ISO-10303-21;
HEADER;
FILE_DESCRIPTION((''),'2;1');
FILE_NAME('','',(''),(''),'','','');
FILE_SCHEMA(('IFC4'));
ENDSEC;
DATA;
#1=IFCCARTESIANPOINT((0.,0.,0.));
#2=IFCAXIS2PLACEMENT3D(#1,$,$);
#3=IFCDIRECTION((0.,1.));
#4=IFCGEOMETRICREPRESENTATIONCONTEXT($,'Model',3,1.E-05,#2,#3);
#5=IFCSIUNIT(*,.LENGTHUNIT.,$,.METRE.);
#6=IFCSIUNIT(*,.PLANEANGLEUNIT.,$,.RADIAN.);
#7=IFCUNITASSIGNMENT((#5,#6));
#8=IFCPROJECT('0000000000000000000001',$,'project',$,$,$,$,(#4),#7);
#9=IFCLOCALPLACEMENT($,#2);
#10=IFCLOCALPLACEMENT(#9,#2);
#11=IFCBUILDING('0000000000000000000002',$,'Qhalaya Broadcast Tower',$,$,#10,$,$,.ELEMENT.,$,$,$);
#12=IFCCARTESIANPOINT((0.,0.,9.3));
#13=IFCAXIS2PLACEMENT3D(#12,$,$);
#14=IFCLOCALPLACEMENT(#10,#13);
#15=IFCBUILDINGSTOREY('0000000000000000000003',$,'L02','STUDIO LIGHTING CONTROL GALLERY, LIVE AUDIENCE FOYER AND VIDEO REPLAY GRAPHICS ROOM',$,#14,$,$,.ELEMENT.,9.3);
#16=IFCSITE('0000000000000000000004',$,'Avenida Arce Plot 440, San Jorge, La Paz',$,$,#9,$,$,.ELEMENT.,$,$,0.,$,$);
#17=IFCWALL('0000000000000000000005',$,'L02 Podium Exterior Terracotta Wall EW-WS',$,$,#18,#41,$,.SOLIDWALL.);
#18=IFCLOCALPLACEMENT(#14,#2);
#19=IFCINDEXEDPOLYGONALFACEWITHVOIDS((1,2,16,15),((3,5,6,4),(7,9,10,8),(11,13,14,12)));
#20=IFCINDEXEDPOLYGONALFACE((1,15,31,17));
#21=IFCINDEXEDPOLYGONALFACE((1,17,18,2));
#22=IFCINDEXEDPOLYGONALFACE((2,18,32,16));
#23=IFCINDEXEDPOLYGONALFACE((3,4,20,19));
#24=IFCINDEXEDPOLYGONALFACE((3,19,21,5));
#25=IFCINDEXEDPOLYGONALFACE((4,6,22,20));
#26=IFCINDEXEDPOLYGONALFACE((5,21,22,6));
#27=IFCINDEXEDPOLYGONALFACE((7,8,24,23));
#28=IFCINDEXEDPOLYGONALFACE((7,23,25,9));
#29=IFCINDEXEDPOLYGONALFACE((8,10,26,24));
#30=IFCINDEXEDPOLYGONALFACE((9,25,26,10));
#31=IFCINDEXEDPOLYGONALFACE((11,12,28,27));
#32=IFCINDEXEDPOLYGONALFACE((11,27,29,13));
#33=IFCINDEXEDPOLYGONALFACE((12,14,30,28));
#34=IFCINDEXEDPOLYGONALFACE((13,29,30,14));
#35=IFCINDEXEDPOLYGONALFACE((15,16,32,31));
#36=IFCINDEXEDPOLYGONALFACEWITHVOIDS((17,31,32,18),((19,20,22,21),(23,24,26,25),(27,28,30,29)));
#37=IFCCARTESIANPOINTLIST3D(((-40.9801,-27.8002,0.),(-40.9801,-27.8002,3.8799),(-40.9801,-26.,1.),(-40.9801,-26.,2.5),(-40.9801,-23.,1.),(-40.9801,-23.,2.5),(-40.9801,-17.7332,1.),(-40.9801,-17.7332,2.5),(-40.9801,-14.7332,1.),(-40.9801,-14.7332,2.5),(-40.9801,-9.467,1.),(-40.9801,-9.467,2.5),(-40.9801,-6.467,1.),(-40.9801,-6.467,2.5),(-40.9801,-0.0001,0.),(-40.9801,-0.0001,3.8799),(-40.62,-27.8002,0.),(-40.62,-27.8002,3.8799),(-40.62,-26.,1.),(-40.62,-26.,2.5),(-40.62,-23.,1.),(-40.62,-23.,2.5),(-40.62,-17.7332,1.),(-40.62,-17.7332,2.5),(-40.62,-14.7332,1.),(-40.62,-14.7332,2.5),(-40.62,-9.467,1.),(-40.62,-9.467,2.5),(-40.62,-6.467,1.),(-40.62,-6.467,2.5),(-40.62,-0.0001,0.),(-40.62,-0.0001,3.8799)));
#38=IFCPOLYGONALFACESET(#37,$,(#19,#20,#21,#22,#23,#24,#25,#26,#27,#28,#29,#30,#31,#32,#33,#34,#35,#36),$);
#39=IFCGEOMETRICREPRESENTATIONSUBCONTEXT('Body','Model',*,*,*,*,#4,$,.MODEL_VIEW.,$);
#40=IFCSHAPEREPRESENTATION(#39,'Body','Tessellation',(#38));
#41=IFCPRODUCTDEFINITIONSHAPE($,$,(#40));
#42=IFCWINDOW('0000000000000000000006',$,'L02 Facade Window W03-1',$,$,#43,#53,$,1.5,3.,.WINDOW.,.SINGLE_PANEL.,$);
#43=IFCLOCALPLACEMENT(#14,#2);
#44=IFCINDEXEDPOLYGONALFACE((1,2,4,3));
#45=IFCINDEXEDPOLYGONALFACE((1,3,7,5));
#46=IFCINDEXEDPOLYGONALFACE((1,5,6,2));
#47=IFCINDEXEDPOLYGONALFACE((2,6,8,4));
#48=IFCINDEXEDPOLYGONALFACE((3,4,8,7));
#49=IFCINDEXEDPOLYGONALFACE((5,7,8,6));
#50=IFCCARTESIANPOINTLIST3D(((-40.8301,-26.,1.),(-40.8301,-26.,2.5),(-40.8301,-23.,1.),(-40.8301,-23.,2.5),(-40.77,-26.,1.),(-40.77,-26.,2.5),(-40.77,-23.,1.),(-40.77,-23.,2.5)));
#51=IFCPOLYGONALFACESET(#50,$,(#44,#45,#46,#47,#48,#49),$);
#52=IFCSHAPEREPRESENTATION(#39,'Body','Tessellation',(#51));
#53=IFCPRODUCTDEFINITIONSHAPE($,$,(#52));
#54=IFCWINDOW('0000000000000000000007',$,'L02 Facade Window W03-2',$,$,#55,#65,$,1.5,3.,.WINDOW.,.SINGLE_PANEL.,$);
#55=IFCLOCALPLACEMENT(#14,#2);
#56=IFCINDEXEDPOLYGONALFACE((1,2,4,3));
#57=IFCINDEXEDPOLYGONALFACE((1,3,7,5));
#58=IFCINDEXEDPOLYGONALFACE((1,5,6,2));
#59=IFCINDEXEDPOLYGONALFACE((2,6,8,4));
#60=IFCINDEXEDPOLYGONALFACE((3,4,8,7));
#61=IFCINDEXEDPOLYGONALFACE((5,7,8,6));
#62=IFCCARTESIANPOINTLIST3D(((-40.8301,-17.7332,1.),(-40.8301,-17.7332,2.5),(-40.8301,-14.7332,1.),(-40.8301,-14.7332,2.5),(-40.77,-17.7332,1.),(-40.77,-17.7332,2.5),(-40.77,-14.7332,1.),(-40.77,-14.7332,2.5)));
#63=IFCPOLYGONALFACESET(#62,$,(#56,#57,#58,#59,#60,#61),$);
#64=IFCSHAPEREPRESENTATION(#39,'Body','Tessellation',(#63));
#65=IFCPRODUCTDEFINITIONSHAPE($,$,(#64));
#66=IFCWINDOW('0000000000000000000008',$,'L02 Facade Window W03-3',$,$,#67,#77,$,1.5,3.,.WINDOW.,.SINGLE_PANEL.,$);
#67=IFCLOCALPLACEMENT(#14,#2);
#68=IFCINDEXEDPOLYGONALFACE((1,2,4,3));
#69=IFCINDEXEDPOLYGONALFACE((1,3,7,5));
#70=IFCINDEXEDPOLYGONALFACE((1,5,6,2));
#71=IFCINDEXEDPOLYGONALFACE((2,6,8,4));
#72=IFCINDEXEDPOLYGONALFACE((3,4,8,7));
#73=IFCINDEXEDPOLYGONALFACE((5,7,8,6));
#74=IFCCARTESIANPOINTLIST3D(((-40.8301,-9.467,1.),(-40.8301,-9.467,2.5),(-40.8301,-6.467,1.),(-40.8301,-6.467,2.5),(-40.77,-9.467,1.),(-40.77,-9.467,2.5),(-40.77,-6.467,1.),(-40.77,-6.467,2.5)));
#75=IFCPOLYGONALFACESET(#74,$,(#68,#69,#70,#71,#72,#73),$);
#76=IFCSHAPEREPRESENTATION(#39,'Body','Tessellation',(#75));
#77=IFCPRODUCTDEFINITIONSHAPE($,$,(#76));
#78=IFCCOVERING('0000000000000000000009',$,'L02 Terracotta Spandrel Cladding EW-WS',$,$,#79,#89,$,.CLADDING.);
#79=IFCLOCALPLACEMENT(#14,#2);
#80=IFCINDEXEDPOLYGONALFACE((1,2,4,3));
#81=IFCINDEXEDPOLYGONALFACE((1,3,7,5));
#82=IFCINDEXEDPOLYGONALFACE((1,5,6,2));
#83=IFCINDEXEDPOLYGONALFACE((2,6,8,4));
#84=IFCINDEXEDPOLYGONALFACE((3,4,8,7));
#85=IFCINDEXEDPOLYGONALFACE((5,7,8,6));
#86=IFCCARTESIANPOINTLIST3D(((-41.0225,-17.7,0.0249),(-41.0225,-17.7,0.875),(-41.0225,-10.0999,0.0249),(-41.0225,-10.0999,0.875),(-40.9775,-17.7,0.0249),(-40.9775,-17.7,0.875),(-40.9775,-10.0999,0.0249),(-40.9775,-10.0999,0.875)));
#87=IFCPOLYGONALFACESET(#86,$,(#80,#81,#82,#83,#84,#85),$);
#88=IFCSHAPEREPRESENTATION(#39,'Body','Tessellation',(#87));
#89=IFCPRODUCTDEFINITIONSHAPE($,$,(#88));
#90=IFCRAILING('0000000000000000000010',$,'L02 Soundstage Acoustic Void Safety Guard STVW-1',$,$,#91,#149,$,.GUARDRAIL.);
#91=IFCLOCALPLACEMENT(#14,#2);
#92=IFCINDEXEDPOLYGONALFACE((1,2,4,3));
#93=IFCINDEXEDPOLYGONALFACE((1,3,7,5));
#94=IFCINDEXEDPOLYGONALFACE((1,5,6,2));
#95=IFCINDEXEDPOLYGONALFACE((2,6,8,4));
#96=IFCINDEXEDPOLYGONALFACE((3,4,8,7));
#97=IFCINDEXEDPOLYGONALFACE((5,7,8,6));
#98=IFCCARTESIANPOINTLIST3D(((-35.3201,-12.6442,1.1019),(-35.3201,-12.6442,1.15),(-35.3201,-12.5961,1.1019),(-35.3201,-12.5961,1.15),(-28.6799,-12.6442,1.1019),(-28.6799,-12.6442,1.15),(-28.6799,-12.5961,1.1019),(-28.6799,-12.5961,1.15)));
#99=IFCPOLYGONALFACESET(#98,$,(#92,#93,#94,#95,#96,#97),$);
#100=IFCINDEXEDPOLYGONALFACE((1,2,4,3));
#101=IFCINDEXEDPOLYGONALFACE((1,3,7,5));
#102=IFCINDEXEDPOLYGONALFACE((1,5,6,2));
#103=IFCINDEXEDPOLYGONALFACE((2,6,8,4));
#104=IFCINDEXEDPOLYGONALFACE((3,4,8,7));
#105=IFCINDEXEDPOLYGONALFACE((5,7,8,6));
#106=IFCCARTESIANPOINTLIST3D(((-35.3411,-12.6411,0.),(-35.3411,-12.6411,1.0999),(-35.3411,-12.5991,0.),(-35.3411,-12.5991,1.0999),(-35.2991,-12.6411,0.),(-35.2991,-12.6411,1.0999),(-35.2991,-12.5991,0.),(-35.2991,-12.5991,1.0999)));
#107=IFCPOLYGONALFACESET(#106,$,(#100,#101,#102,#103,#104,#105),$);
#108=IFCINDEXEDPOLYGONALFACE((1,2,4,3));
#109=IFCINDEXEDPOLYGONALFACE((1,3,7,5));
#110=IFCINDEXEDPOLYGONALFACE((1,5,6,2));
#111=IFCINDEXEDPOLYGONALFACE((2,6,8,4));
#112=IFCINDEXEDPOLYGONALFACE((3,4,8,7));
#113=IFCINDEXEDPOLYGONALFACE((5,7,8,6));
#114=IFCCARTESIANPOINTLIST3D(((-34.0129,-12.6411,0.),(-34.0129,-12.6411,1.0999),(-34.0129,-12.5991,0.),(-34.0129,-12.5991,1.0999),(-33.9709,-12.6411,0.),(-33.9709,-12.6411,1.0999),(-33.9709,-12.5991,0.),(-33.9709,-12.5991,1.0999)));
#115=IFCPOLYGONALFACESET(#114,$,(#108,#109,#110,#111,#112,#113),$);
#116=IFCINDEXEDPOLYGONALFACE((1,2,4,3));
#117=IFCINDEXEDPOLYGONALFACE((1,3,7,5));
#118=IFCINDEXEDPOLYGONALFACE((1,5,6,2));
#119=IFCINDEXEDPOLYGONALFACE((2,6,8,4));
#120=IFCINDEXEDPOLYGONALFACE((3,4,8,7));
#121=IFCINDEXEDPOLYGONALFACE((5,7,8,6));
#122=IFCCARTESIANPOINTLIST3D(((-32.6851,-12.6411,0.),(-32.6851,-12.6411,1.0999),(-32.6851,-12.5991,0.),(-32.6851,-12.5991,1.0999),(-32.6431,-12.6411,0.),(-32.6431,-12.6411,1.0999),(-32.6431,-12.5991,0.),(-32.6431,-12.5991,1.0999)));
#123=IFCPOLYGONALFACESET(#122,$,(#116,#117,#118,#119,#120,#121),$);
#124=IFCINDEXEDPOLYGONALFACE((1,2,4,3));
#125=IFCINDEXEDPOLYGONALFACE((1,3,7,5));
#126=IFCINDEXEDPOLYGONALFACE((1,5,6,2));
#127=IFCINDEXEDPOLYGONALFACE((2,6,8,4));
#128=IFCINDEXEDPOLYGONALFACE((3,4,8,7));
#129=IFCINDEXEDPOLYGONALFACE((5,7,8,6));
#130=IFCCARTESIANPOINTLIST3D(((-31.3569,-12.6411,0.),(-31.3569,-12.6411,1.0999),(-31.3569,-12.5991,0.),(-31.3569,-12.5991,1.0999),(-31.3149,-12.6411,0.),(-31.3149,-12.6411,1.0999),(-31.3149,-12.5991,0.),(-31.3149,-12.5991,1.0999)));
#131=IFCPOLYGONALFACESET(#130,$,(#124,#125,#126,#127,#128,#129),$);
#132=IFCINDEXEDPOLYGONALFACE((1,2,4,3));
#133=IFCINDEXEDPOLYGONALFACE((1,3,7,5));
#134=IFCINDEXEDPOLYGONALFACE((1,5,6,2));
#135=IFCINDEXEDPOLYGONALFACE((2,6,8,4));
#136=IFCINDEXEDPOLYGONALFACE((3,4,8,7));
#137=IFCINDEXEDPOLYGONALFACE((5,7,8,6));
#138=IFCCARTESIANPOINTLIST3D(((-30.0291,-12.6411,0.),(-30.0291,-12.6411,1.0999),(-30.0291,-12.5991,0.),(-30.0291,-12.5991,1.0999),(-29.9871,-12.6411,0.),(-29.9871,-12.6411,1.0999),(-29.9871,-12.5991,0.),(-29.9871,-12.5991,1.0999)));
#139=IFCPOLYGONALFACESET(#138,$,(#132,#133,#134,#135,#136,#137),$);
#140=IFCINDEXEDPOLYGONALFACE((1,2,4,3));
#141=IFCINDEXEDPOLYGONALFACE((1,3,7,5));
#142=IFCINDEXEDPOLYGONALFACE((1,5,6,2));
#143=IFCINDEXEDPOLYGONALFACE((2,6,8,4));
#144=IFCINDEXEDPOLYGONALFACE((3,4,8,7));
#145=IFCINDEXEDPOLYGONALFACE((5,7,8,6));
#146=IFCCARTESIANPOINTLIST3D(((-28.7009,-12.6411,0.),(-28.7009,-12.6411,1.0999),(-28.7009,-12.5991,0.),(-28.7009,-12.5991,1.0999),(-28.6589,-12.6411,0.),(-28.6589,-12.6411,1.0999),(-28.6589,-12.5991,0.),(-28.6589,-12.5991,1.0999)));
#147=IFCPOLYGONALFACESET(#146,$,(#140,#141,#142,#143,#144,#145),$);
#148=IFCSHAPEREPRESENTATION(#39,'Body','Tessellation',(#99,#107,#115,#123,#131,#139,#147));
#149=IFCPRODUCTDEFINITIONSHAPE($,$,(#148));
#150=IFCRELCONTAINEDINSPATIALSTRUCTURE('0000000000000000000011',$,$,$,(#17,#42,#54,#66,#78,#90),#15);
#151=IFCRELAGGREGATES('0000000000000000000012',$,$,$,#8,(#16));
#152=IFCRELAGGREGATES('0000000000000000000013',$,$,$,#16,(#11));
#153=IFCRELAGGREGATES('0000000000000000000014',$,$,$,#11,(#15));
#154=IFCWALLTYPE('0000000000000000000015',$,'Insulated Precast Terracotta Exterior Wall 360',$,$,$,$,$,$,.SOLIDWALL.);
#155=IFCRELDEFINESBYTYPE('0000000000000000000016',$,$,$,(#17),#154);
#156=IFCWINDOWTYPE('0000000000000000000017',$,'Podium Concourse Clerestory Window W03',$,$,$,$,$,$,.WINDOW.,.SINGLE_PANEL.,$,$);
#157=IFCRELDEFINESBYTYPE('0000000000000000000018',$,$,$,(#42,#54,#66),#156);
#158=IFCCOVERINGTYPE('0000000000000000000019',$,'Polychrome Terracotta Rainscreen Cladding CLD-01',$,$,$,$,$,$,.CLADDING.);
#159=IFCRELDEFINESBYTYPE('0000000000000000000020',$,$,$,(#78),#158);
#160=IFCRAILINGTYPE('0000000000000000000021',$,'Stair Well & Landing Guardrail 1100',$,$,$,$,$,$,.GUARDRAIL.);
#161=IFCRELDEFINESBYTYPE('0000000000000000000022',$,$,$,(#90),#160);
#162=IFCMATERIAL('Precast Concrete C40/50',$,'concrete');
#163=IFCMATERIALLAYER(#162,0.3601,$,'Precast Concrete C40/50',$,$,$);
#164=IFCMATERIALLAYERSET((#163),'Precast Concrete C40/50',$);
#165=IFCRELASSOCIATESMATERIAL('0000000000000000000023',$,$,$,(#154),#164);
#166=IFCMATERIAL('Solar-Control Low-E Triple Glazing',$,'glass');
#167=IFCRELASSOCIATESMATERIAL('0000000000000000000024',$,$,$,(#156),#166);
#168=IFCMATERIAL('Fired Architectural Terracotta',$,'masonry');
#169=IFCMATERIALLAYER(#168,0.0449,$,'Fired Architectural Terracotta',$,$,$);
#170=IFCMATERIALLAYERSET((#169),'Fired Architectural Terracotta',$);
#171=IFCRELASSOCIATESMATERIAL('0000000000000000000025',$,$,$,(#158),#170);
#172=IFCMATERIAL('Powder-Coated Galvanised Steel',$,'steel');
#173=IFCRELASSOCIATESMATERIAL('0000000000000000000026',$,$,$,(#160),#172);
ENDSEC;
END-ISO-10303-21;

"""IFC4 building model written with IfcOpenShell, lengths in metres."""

from ifc_helpers import new_model, si_unit, direction, frame, frame_2d, origin, origin_2d, place, context, subcontext, project, spatial, rectangle, extrude, material, layer, layer_set, type_object, element, fill, save


model = new_model("IFC4")

# Units and contexts
model_context = context("Model", 3, precision=1e-05, world=origin(), true_north=direction((0.0, 1.0)))
body_context = subcontext(model_context, "Body", "Model", "MODEL_VIEW")
ifc_project = project(units=[si_unit("LENGTHUNIT", "METRE"), si_unit("PLANEANGLEUNIT", "RADIAN")], contexts=[model_context])

# Site, building, storey
site_placement = place(None, origin())
site = spatial("IfcSite", under=ifc_project, at=site_placement, Name="Avenida Arce Plot 440, San Jorge, La Paz", CompositionType="ELEMENT", RefElevation=0.0)
building_placement = place(site_placement, origin())
building = spatial("IfcBuilding", under=site, at=building_placement, Name="Qhalaya Broadcast Tower", CompositionType="ELEMENT")
storey_placement = place(building_placement, frame((0.0, 0.0, 9.3)))
storey = spatial("IfcBuildingStorey", under=building, at=storey_placement, Name="L02", Description="STUDIO LIGHTING CONTROL GALLERY, LIVE AUDIENCE FOYER AND VIDEO REPLAY GRAPHICS ROOM", CompositionType="ELEMENT", Elevation=9.3)

# Wall, openings, windows
ifc_material_1 = material(Name="Precast Concrete C40/50", Category="concrete")
ifc_layer_1 = layer(ifc_material_1, 0.3601, Name="Precast Concrete C40/50")
ifc_layer_set_1 = layer_set([ifc_layer_1], Name="Precast Concrete C40/50")
wall_type_1 = type_object("IfcWallType", Name="Insulated Precast Terracotta Exterior Wall 360", PredefinedType="SOLIDWALL", material=ifc_layer_set_1)
wall_1_placement = place(storey_placement, frame((-40.8, -27.8, 0.0), z_axis=(0.0, 0.0, 1.0), x_axis=(0.0, 1.0, 0.0)))
wall_1 = element("IfcWall", 1, at=wall_1_placement, inside=storey, type_object=wall_type_1, Name="L02 Podium Exterior Terracotta Wall EW-WS", PredefinedType="SOLIDWALL", context=body_context, shape_type="SweptSolid", body=[
    extrude(rectangle(XDim=27.8, YDim=0.3601, at=frame_2d((13.8999, 0.0))), origin(), (0.0, 0.0, 1.0), 3.8799),
])
opening_1_placement = place(wall_1_placement, frame((1.8, 0.0, 1.0)))
opening_1 = element("IfcOpeningElement", 2, at=opening_1_placement, cuts=wall_1, PredefinedType="OPENING", context=body_context, shape_type="SweptSolid", body=[
    extrude(rectangle(XDim=3.0, YDim=1.5, at=frame_2d((1.5, 0.75))), frame((0.0, 0.1921, 0.0), z_axis=(0.0, -1.0, 0.0), x_axis=(1.0, 0.0, 0.0)), (0.0, 0.0, 1.0), 0.384),
])
opening_2_placement = place(wall_1_placement, frame((10.0669, 0.0, 1.0)))
opening_2 = element("IfcOpeningElement", 3, at=opening_2_placement, cuts=wall_1, PredefinedType="OPENING", context=body_context, shape_type="SweptSolid", body=[
    extrude(rectangle(XDim=3.0, YDim=1.5, at=frame_2d((1.5, 0.75))), frame((0.0, 0.1921, 0.0), z_axis=(0.0, -1.0, 0.0), x_axis=(1.0, 0.0, 0.0)), (0.0, 0.0, 1.0), 0.384),
])
opening_3_placement = place(wall_1_placement, frame((18.333, 0.0, 1.0)))
opening_3 = element("IfcOpeningElement", 4, at=opening_3_placement, cuts=wall_1, PredefinedType="OPENING", context=body_context, shape_type="SweptSolid", body=[
    extrude(rectangle(XDim=3.0, YDim=1.5, at=frame_2d((1.5, 0.75))), frame((0.0, 0.1921, 0.0), z_axis=(0.0, -1.0, 0.0), x_axis=(1.0, 0.0, 0.0)), (0.0, 0.0, 1.0), 0.384),
])
ifc_material_2 = material(Name="Solar-Control Low-E Triple Glazing", Category="glass")
window_type = type_object("IfcWindowType", Name="Podium Concourse Clerestory Window W03", PartitioningType="SINGLE_PANEL", PredefinedType="WINDOW", material=ifc_material_2)
window_1_placement = place(opening_1_placement, origin())
window_1 = element("IfcWindow", 5, at=window_1_placement, inside=storey, type_object=window_type, Name="L02 Facade Window W03-1", OverallHeight=1.5, OverallWidth=3.0, PartitioningType="SINGLE_PANEL", PredefinedType="WINDOW", context=body_context, shape_type="SweptSolid", body=[
    extrude(rectangle(XDim=3.0, YDim=1.5, at=frame_2d((1.5, 0.75))), frame((0.0, 0.03, 0.0), z_axis=(0.0, -1.0, 0.0), x_axis=(1.0, 0.0, 0.0)), (0.0, 0.0, 1.0), 0.0601),
])
fill(opening_1, window_1)
window_2_placement = place(opening_2_placement, origin())
window_2 = element("IfcWindow", 6, at=window_2_placement, inside=storey, type_object=window_type, Name="L02 Facade Window W03-2", OverallHeight=1.5, OverallWidth=3.0, PartitioningType="SINGLE_PANEL", PredefinedType="WINDOW", context=body_context, shape_type="SweptSolid", body=[
    extrude(rectangle(XDim=3.0, YDim=1.5, at=frame_2d((1.5, 0.75))), frame((0.0, 0.03, 0.0), z_axis=(0.0, -1.0, 0.0), x_axis=(1.0, 0.0, 0.0)), (0.0, 0.0, 1.0), 0.0601),
])
fill(opening_2, window_2)
window_3_placement = place(opening_3_placement, origin())
window_3 = element("IfcWindow", 7, at=window_3_placement, inside=storey, type_object=window_type, Name="L02 Facade Window W03-3", OverallHeight=1.5, OverallWidth=3.0, PartitioningType="SINGLE_PANEL", PredefinedType="WINDOW", context=body_context, shape_type="SweptSolid", body=[
    extrude(rectangle(XDim=3.0, YDim=1.5, at=frame_2d((1.5, 0.75))), frame((0.0, 0.03, 0.0), z_axis=(0.0, -1.0, 0.0), x_axis=(1.0, 0.0, 0.0)), (0.0, 0.0, 1.0), 0.0601),
])
fill(opening_3, window_3)

# Covering
ifc_material_3 = material(Name="Fired Architectural Terracotta", Category="masonry")
ifc_layer_2 = layer(ifc_material_3, 0.0449, Name="Fired Architectural Terracotta")
ifc_layer_set_2 = layer_set([ifc_layer_2], Name="Fired Architectural Terracotta")
covering_type = type_object("IfcCoveringType", Name="Polychrome Terracotta Rainscreen Cladding CLD-01", PredefinedType="CLADDING", material=ifc_layer_set_2)
covering_placement = place(storey_placement, frame((-41.0, -13.8999, 0.0249), z_axis=(0.0, 0.0, 1.0), x_axis=(0.0, 1.0, 0.0)))
element("IfcCovering", 8, at=covering_placement, inside=storey, type_object=covering_type, Name="L02 Terracotta Spandrel Cladding EW-WS", PredefinedType="CLADDING", context=body_context, shape_type="SweptSolid", body=[
    extrude(rectangle(XDim=7.6001, YDim=0.0449, at=origin_2d()), origin(), (0.0, 0.0, 1.0), 0.8501),
])

# Railing
ifc_material_4 = material(Name="Powder-Coated Galvanised Steel", Category="steel")
railing_type = type_object("IfcRailingType", Name="Stair Well & Landing Guardrail 1100", PredefinedType="GUARDRAIL", material=ifc_material_4)
railing_1_placement = place(storey_placement, frame((-35.3201, -12.6201, 0.0)))
element("IfcRailing", 9, at=railing_1_placement, inside=storey, type_object=railing_type, Name="L02 Soundstage Acoustic Void Safety Guard STVW-1", PredefinedType="GUARDRAIL", context=body_context, shape_type="SweptSolid", body=[
    extrude(rectangle(XDim=0.0481, YDim=0.0481, at=origin_2d()), frame((0.0, 0.0, 1.126), z_axis=(1.0, 0.0, 0.0), x_axis=(0.0, 1.0, 0.0)), (0.0, 0.0, 1.0), 6.6401),
    extrude(rectangle(XDim=0.042, YDim=0.042, at=origin_2d()), origin(), (0.0, 0.0, 1.0), 1.0999),
    extrude(rectangle(XDim=0.042, YDim=0.042, at=origin_2d()), frame((1.3281, 0.0, 0.0)), (0.0, 0.0, 1.0), 1.0999),
    extrude(rectangle(XDim=0.042, YDim=0.042, at=origin_2d()), frame((2.656, 0.0, 0.0)), (0.0, 0.0, 1.0), 1.0999),
    extrude(rectangle(XDim=0.042, YDim=0.042, at=origin_2d()), frame((3.9841, 0.0, 0.0)), (0.0, 0.0, 1.0), 1.0999),
    extrude(rectangle(XDim=0.042, YDim=0.042, at=origin_2d()), frame((5.312, 0.0, 0.0)), (0.0, 0.0, 1.0), 1.0999),
    extrude(rectangle(XDim=0.042, YDim=0.042, at=origin_2d()), frame((6.6401, 0.0, 0.0)), (0.0, 0.0, 1.0), 1.0999),
])

save(model, "model.ifc")
